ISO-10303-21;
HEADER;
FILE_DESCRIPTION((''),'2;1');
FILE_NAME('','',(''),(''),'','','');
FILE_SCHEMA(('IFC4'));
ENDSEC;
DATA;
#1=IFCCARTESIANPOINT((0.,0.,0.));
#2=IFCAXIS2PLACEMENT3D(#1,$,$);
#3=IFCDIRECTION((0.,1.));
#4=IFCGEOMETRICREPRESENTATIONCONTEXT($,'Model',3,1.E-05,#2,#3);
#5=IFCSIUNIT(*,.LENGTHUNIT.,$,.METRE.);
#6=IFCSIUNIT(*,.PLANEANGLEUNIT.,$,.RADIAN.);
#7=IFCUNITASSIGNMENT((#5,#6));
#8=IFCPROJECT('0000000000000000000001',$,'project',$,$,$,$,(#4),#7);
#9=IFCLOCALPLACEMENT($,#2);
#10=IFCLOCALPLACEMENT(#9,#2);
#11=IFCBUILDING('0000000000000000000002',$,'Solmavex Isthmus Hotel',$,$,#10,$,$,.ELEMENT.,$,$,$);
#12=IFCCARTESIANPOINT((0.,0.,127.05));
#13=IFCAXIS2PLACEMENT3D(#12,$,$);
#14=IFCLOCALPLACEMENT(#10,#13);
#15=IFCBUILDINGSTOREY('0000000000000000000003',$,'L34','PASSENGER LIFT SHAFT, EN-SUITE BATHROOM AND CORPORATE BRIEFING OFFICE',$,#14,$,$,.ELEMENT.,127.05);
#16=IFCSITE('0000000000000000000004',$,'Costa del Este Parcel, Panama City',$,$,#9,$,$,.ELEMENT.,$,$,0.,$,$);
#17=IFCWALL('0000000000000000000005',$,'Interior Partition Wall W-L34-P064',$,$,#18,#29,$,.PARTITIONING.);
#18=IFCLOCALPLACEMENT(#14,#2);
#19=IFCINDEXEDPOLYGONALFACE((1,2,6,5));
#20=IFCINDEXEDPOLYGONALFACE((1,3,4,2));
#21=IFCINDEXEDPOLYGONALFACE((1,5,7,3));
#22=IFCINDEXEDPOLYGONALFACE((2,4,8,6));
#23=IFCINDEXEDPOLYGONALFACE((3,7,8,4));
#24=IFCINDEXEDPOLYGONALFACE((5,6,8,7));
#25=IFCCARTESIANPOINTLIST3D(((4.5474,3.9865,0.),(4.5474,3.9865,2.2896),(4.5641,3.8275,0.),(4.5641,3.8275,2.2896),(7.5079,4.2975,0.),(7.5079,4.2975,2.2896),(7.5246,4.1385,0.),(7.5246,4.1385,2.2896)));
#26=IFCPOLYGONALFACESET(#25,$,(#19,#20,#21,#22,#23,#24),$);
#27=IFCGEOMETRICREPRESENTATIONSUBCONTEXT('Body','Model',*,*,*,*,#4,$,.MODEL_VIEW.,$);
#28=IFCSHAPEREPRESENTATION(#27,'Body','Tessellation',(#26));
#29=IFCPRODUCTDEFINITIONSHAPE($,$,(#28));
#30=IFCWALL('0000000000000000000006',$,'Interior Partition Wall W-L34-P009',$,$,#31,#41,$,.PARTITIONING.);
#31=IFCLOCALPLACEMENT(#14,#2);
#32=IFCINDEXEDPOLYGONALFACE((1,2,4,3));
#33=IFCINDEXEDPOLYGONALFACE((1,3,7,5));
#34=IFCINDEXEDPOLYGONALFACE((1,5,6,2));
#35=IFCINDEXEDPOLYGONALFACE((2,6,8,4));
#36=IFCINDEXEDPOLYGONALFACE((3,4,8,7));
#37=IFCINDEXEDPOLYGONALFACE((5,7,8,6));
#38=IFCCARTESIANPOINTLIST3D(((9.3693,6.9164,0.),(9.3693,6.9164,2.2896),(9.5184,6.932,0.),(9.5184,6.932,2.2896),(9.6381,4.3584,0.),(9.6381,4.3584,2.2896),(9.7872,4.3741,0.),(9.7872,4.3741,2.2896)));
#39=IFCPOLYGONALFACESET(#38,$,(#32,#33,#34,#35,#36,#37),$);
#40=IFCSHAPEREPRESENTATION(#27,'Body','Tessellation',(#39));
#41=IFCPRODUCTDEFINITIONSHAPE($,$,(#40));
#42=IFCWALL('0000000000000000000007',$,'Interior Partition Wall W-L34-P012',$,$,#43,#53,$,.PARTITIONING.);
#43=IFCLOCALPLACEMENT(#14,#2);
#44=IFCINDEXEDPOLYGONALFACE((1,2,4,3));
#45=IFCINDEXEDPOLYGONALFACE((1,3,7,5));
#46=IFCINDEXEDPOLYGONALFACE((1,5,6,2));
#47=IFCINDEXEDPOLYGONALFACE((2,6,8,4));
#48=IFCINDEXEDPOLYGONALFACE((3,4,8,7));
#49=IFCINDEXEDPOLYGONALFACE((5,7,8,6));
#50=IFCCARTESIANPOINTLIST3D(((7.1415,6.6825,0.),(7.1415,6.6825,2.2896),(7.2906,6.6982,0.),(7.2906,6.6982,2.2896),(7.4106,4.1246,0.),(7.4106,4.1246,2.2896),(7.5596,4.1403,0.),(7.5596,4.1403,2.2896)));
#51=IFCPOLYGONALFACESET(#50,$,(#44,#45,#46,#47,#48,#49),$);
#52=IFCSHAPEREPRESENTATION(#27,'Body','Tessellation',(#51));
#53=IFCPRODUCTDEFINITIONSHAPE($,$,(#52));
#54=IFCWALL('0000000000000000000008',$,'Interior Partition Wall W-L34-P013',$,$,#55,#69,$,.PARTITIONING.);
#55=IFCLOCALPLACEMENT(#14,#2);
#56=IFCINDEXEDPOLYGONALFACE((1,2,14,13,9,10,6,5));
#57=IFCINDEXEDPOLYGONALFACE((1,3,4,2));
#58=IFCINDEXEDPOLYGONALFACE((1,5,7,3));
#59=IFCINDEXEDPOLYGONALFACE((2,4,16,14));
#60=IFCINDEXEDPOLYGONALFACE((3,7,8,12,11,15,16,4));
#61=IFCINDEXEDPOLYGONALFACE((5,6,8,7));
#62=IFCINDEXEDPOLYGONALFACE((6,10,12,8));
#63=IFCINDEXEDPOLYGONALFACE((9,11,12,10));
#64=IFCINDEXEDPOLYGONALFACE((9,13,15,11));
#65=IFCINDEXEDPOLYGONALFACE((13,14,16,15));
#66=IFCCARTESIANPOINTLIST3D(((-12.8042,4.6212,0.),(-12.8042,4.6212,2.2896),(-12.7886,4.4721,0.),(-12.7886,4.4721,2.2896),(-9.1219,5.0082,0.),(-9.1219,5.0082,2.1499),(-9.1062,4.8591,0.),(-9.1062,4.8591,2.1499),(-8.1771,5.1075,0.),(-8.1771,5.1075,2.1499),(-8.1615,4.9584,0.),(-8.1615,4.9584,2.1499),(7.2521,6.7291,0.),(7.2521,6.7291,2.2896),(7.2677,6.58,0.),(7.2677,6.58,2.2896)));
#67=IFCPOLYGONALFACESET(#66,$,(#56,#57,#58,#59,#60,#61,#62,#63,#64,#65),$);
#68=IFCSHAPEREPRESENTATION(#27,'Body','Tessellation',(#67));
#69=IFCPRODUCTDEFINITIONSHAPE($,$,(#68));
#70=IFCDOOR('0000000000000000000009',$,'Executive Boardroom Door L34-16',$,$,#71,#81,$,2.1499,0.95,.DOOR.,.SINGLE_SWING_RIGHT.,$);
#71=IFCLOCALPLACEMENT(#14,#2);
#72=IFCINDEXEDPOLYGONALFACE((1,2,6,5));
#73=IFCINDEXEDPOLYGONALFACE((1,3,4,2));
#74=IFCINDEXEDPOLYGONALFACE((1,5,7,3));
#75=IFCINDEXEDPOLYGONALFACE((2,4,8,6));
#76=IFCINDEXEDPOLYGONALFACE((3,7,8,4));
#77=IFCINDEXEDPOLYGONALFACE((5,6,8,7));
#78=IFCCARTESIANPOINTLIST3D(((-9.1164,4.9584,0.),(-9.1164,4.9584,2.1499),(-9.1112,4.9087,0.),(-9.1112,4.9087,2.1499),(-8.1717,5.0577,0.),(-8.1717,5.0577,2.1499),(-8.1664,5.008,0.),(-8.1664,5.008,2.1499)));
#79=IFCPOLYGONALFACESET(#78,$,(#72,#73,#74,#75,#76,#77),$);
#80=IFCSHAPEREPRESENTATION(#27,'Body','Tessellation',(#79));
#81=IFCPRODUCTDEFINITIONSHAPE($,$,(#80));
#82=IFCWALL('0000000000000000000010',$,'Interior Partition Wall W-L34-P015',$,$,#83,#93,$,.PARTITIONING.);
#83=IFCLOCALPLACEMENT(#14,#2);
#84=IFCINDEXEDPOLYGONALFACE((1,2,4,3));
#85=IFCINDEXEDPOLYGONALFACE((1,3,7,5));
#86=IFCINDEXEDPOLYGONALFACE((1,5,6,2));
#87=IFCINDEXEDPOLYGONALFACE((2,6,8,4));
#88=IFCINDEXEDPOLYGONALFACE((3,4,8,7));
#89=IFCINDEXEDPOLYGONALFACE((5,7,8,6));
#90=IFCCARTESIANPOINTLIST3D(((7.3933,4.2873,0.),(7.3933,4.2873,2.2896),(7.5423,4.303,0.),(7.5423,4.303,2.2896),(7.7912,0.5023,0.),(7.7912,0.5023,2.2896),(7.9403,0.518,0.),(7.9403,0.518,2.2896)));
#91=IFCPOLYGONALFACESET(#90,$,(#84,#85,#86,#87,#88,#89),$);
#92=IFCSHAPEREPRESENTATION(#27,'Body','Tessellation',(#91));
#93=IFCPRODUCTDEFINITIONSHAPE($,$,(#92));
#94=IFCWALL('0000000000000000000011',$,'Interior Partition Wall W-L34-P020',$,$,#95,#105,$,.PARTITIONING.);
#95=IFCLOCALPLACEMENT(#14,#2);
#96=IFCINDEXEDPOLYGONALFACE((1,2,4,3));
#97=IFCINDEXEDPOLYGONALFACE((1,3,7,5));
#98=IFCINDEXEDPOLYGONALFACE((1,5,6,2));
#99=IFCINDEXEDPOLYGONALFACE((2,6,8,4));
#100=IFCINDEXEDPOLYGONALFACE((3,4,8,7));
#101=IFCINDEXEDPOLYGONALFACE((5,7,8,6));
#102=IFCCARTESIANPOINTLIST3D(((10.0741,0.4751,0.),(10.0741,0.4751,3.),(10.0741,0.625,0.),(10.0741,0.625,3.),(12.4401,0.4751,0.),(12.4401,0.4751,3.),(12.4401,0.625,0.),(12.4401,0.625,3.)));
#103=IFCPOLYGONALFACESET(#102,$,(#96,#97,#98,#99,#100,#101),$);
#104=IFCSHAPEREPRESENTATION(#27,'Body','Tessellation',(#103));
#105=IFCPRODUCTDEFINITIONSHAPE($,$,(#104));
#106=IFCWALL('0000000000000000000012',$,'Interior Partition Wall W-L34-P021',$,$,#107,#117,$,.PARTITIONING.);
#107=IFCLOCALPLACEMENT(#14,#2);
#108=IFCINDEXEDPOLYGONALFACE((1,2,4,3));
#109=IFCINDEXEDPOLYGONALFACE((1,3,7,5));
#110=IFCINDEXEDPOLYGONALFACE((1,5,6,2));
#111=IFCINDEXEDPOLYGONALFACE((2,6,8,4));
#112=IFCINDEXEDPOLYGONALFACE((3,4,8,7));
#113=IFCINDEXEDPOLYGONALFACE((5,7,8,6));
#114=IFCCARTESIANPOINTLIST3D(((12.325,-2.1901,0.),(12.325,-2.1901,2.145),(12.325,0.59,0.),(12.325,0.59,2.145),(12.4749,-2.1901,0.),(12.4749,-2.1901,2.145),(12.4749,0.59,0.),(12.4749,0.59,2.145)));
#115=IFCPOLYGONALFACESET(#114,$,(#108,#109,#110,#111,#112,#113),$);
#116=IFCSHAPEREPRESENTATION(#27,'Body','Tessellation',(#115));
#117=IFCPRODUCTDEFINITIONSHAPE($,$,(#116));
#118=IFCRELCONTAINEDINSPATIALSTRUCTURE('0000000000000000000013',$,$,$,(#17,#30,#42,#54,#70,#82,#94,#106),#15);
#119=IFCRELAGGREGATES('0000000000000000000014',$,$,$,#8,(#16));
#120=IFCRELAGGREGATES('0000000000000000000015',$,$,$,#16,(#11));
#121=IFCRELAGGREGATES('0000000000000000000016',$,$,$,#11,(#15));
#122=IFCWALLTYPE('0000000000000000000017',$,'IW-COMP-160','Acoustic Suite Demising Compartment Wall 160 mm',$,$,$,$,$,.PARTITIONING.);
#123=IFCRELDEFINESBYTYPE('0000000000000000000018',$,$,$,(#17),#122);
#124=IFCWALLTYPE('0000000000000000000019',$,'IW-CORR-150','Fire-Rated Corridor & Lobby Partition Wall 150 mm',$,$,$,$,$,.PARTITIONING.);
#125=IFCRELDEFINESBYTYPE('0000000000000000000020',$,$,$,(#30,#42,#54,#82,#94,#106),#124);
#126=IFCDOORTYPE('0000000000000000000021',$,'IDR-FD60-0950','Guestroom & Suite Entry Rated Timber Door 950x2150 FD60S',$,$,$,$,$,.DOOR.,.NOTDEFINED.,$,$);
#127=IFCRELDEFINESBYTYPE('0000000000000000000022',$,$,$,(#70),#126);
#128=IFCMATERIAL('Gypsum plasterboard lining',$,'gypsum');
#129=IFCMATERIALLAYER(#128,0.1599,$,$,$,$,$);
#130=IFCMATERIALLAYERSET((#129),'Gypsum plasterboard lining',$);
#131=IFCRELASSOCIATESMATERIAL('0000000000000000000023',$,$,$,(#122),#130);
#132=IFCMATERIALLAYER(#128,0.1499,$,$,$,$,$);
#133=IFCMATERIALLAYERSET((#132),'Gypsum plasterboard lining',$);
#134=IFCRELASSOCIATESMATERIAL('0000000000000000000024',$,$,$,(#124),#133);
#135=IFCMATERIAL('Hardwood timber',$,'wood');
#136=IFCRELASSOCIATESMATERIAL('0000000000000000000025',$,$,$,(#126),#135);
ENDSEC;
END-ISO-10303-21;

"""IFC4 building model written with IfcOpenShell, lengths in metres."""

from ifc_helpers import new_model, si_unit, direction, frame, frame_2d, origin, place, context, subcontext, project, spatial, rectangle, extrude, material, layer, layer_set, type_object, element, fill, save


model = new_model("IFC4")

# Units and contexts
model_context = context("Model", 3, precision=1e-05, world=origin(), true_north=direction((0.0, 1.0)))
body_context = subcontext(model_context, "Body", "Model", "MODEL_VIEW")
ifc_project = project(units=[si_unit("LENGTHUNIT", "METRE"), si_unit("PLANEANGLEUNIT", "RADIAN")], contexts=[model_context])

# Site, building, storey
site_placement = place(None, origin())
site = spatial("IfcSite", under=ifc_project, at=site_placement, Name="Costa del Este Parcel, Panama City", CompositionType="ELEMENT", RefElevation=0.0)
building_placement = place(site_placement, origin())
building = spatial("IfcBuilding", under=site, at=building_placement, Name="Solmavex Isthmus Hotel", CompositionType="ELEMENT")
storey_placement = place(building_placement, frame((0.0, 0.0, 127.05)))
storey = spatial("IfcBuildingStorey", under=building, at=storey_placement, Name="L34", Description="PASSENGER LIFT SHAFT, EN-SUITE BATHROOM AND CORPORATE BRIEFING OFFICE", CompositionType="ELEMENT", Elevation=127.05)

# Walls
ifc_material_1 = material(Name="Gypsum plasterboard lining", Category="gypsum")
ifc_layer_1 = layer(ifc_material_1, 0.1599)
ifc_layer_set_1 = layer_set([ifc_layer_1], Name="Gypsum plasterboard lining")
wall_type_1 = type_object("IfcWallType", Name="IW-COMP-160", Description="Acoustic Suite Demising Compartment Wall 160 mm", PredefinedType="PARTITIONING", material=ifc_layer_set_1)
wall_1_placement = place(storey_placement, frame((7.5161, 4.218, 0.0), z_axis=(0.0, 0.0, 1.0), x_axis=(-0.994526, -0.104488, 0.0)))
element("IfcWall", 1, at=wall_1_placement, inside=storey, type_object=wall_type_1, Name="Interior Partition Wall W-L34-P064", PredefinedType="PARTITIONING", context=body_context, shape_type="SweptSolid", body=[
    extrude(rectangle(XDim=2.9768, YDim=0.1599, at=frame_2d((1.4883, 0.0))), origin(), (0.0, 0.0, 1.0), 2.2896),
])
ifc_layer_2 = layer(ifc_material_1, 0.1499)
ifc_layer_set_2 = layer_set([ifc_layer_2], Name="Gypsum plasterboard lining")
wall_type_2 = type_object("IfcWallType", Name="IW-CORR-150", Description="Fire-Rated Corridor & Lobby Partition Wall 150 mm", PredefinedType="PARTITIONING", material=ifc_layer_set_2)
for number, where, z_axis, x_axis, name in (
    (2, (9.4438, 6.9243, 0.0), (0.0, 0.0, 1.0), (0.104512, -0.994524, 0.0), "Interior Partition Wall W-L34-P009"),
    (3, (7.4851, 4.1323, 0.0), (0.0, 0.0, 1.0), (-0.104606, 0.994514, 0.0), "Interior Partition Wall W-L34-P012"),
):
    element("IfcWall", number, at=place(storey_placement, frame(where, z_axis=z_axis, x_axis=x_axis)), inside=storey, type_object=wall_type_2, Name=name, PredefinedType="PARTITIONING", context=body_context, shape_type="SweptSolid", body=[
        extrude(rectangle(XDim=2.572, YDim=0.1499, at=frame_2d((1.2861, 0.0))), origin(), (0.0, 0.0, 1.0), 2.2896),
    ])

# Wall, opening, door
wall_2_placement = place(storey_placement, frame((7.26, 6.6545, 0.0), z_axis=(0.0, 0.0, 1.0), x_axis=(-0.994522, -0.104523, 0.0)))
wall_2 = element("IfcWall", 4, at=wall_2_placement, inside=storey, type_object=wall_type_2, Name="Interior Partition Wall W-L34-P013", PredefinedType="PARTITIONING", context=body_context, shape_type="SweptSolid", body=[
    extrude(rectangle(XDim=20.1667, YDim=0.1499, at=frame_2d((10.0835, 0.0))), origin(), (0.0, 0.0, 1.0), 2.2896),
])
opening_1_placement = place(wall_2_placement, frame((15.5142, 0.0, 0.0)))
opening_1 = element("IfcOpeningElement", 5, at=opening_1_placement, cuts=wall_2, PredefinedType="OPENING", context=body_context, shape_type="SweptSolid", body=[
    extrude(rectangle(XDim=0.95, YDim=2.1499, at=frame_2d((0.4751, 1.075))), frame((0.0, 0.085, 0.0), z_axis=(0.0, -1.0, 0.0), x_axis=(1.0, 0.0, 0.0)), (0.0, 0.0, 1.0), 0.1699),
])
ifc_material_2 = material(Name="Hardwood timber", Category="wood")
door_type = type_object("IfcDoorType", Name="IDR-FD60-0950", Description="Guestroom & Suite Entry Rated Timber Door 950x2150 FD60S", OperationType="NOTDEFINED", PredefinedType="DOOR", material=ifc_material_2)
door_1_placement = place(opening_1_placement, frame((0.95, 0.0, 0.0), z_axis=(0.0, 0.0, 1.0), x_axis=(-1.0, 0.0, 0.0)))
door_1 = element("IfcDoor", 6, at=door_1_placement, inside=storey, type_object=door_type, Name="Executive Boardroom Door L34-16", OperationType="SINGLE_SWING_RIGHT", OverallHeight=2.1499, OverallWidth=0.95, PredefinedType="DOOR", context=body_context, shape_type="SweptSolid", body=[
    extrude(rectangle(XDim=0.95, YDim=2.1499, at=frame_2d((0.4751, 1.075))), frame((0.0, 0.0249, 0.0), z_axis=(0.0, -1.0, 0.0), x_axis=(1.0, 0.0, 0.0)), (0.0, 0.0, 1.0), 0.05),
])
fill(opening_1, door_1)

# Wall
wall_3_placement = place(storey_placement, frame((7.8657, 0.5103, 0.0), z_axis=(0.0, 0.0, 1.0), x_axis=(-0.104558, 0.994519, 0.0)))
element("IfcWall", 7, at=wall_3_placement, inside=storey, type_object=wall_type_2, Name="Interior Partition Wall W-L34-P015", PredefinedType="PARTITIONING", context=body_context, shape_type="SweptSolid", body=[
    extrude(rectangle(XDim=3.8059, YDim=0.1499, at=frame_2d((1.9028, 0.0))), origin(), (0.0, 0.0, 1.0), 2.2896),
])

# Walls
wall_4_placement = place(storey_placement, frame((10.074, 0.55, 0.0), z_axis=(0.0, 0.0, 1.0), x_axis=(1.0, 0.0, 0.0)))
element("IfcWall", 8, at=wall_4_placement, inside=storey, type_object=wall_type_2, Name="Interior Partition Wall W-L34-P020", PredefinedType="PARTITIONING", context=body_context, shape_type="SweptSolid", body=[
    extrude(rectangle(XDim=2.366, YDim=0.1499, at=frame_2d((1.1831, 0.0))), origin(), (0.0, 0.0, 1.0), 3.0),
])
wall_5_placement = place(storey_placement, frame((12.3999, 0.5901, 0.0), z_axis=(0.0, 0.0, 1.0), x_axis=(0.0, -1.0, 0.0)))
element("IfcWall", 9, at=wall_5_placement, inside=storey, type_object=wall_type_2, Name="Interior Partition Wall W-L34-P021", PredefinedType="PARTITIONING", context=body_context, shape_type="SweptSolid", body=[
    extrude(rectangle(XDim=2.78, YDim=0.1499, at=frame_2d((1.3901, 0.0))), origin(), (0.0, 0.0, 1.0), 2.145),
])

save(model, "model.ifc")
